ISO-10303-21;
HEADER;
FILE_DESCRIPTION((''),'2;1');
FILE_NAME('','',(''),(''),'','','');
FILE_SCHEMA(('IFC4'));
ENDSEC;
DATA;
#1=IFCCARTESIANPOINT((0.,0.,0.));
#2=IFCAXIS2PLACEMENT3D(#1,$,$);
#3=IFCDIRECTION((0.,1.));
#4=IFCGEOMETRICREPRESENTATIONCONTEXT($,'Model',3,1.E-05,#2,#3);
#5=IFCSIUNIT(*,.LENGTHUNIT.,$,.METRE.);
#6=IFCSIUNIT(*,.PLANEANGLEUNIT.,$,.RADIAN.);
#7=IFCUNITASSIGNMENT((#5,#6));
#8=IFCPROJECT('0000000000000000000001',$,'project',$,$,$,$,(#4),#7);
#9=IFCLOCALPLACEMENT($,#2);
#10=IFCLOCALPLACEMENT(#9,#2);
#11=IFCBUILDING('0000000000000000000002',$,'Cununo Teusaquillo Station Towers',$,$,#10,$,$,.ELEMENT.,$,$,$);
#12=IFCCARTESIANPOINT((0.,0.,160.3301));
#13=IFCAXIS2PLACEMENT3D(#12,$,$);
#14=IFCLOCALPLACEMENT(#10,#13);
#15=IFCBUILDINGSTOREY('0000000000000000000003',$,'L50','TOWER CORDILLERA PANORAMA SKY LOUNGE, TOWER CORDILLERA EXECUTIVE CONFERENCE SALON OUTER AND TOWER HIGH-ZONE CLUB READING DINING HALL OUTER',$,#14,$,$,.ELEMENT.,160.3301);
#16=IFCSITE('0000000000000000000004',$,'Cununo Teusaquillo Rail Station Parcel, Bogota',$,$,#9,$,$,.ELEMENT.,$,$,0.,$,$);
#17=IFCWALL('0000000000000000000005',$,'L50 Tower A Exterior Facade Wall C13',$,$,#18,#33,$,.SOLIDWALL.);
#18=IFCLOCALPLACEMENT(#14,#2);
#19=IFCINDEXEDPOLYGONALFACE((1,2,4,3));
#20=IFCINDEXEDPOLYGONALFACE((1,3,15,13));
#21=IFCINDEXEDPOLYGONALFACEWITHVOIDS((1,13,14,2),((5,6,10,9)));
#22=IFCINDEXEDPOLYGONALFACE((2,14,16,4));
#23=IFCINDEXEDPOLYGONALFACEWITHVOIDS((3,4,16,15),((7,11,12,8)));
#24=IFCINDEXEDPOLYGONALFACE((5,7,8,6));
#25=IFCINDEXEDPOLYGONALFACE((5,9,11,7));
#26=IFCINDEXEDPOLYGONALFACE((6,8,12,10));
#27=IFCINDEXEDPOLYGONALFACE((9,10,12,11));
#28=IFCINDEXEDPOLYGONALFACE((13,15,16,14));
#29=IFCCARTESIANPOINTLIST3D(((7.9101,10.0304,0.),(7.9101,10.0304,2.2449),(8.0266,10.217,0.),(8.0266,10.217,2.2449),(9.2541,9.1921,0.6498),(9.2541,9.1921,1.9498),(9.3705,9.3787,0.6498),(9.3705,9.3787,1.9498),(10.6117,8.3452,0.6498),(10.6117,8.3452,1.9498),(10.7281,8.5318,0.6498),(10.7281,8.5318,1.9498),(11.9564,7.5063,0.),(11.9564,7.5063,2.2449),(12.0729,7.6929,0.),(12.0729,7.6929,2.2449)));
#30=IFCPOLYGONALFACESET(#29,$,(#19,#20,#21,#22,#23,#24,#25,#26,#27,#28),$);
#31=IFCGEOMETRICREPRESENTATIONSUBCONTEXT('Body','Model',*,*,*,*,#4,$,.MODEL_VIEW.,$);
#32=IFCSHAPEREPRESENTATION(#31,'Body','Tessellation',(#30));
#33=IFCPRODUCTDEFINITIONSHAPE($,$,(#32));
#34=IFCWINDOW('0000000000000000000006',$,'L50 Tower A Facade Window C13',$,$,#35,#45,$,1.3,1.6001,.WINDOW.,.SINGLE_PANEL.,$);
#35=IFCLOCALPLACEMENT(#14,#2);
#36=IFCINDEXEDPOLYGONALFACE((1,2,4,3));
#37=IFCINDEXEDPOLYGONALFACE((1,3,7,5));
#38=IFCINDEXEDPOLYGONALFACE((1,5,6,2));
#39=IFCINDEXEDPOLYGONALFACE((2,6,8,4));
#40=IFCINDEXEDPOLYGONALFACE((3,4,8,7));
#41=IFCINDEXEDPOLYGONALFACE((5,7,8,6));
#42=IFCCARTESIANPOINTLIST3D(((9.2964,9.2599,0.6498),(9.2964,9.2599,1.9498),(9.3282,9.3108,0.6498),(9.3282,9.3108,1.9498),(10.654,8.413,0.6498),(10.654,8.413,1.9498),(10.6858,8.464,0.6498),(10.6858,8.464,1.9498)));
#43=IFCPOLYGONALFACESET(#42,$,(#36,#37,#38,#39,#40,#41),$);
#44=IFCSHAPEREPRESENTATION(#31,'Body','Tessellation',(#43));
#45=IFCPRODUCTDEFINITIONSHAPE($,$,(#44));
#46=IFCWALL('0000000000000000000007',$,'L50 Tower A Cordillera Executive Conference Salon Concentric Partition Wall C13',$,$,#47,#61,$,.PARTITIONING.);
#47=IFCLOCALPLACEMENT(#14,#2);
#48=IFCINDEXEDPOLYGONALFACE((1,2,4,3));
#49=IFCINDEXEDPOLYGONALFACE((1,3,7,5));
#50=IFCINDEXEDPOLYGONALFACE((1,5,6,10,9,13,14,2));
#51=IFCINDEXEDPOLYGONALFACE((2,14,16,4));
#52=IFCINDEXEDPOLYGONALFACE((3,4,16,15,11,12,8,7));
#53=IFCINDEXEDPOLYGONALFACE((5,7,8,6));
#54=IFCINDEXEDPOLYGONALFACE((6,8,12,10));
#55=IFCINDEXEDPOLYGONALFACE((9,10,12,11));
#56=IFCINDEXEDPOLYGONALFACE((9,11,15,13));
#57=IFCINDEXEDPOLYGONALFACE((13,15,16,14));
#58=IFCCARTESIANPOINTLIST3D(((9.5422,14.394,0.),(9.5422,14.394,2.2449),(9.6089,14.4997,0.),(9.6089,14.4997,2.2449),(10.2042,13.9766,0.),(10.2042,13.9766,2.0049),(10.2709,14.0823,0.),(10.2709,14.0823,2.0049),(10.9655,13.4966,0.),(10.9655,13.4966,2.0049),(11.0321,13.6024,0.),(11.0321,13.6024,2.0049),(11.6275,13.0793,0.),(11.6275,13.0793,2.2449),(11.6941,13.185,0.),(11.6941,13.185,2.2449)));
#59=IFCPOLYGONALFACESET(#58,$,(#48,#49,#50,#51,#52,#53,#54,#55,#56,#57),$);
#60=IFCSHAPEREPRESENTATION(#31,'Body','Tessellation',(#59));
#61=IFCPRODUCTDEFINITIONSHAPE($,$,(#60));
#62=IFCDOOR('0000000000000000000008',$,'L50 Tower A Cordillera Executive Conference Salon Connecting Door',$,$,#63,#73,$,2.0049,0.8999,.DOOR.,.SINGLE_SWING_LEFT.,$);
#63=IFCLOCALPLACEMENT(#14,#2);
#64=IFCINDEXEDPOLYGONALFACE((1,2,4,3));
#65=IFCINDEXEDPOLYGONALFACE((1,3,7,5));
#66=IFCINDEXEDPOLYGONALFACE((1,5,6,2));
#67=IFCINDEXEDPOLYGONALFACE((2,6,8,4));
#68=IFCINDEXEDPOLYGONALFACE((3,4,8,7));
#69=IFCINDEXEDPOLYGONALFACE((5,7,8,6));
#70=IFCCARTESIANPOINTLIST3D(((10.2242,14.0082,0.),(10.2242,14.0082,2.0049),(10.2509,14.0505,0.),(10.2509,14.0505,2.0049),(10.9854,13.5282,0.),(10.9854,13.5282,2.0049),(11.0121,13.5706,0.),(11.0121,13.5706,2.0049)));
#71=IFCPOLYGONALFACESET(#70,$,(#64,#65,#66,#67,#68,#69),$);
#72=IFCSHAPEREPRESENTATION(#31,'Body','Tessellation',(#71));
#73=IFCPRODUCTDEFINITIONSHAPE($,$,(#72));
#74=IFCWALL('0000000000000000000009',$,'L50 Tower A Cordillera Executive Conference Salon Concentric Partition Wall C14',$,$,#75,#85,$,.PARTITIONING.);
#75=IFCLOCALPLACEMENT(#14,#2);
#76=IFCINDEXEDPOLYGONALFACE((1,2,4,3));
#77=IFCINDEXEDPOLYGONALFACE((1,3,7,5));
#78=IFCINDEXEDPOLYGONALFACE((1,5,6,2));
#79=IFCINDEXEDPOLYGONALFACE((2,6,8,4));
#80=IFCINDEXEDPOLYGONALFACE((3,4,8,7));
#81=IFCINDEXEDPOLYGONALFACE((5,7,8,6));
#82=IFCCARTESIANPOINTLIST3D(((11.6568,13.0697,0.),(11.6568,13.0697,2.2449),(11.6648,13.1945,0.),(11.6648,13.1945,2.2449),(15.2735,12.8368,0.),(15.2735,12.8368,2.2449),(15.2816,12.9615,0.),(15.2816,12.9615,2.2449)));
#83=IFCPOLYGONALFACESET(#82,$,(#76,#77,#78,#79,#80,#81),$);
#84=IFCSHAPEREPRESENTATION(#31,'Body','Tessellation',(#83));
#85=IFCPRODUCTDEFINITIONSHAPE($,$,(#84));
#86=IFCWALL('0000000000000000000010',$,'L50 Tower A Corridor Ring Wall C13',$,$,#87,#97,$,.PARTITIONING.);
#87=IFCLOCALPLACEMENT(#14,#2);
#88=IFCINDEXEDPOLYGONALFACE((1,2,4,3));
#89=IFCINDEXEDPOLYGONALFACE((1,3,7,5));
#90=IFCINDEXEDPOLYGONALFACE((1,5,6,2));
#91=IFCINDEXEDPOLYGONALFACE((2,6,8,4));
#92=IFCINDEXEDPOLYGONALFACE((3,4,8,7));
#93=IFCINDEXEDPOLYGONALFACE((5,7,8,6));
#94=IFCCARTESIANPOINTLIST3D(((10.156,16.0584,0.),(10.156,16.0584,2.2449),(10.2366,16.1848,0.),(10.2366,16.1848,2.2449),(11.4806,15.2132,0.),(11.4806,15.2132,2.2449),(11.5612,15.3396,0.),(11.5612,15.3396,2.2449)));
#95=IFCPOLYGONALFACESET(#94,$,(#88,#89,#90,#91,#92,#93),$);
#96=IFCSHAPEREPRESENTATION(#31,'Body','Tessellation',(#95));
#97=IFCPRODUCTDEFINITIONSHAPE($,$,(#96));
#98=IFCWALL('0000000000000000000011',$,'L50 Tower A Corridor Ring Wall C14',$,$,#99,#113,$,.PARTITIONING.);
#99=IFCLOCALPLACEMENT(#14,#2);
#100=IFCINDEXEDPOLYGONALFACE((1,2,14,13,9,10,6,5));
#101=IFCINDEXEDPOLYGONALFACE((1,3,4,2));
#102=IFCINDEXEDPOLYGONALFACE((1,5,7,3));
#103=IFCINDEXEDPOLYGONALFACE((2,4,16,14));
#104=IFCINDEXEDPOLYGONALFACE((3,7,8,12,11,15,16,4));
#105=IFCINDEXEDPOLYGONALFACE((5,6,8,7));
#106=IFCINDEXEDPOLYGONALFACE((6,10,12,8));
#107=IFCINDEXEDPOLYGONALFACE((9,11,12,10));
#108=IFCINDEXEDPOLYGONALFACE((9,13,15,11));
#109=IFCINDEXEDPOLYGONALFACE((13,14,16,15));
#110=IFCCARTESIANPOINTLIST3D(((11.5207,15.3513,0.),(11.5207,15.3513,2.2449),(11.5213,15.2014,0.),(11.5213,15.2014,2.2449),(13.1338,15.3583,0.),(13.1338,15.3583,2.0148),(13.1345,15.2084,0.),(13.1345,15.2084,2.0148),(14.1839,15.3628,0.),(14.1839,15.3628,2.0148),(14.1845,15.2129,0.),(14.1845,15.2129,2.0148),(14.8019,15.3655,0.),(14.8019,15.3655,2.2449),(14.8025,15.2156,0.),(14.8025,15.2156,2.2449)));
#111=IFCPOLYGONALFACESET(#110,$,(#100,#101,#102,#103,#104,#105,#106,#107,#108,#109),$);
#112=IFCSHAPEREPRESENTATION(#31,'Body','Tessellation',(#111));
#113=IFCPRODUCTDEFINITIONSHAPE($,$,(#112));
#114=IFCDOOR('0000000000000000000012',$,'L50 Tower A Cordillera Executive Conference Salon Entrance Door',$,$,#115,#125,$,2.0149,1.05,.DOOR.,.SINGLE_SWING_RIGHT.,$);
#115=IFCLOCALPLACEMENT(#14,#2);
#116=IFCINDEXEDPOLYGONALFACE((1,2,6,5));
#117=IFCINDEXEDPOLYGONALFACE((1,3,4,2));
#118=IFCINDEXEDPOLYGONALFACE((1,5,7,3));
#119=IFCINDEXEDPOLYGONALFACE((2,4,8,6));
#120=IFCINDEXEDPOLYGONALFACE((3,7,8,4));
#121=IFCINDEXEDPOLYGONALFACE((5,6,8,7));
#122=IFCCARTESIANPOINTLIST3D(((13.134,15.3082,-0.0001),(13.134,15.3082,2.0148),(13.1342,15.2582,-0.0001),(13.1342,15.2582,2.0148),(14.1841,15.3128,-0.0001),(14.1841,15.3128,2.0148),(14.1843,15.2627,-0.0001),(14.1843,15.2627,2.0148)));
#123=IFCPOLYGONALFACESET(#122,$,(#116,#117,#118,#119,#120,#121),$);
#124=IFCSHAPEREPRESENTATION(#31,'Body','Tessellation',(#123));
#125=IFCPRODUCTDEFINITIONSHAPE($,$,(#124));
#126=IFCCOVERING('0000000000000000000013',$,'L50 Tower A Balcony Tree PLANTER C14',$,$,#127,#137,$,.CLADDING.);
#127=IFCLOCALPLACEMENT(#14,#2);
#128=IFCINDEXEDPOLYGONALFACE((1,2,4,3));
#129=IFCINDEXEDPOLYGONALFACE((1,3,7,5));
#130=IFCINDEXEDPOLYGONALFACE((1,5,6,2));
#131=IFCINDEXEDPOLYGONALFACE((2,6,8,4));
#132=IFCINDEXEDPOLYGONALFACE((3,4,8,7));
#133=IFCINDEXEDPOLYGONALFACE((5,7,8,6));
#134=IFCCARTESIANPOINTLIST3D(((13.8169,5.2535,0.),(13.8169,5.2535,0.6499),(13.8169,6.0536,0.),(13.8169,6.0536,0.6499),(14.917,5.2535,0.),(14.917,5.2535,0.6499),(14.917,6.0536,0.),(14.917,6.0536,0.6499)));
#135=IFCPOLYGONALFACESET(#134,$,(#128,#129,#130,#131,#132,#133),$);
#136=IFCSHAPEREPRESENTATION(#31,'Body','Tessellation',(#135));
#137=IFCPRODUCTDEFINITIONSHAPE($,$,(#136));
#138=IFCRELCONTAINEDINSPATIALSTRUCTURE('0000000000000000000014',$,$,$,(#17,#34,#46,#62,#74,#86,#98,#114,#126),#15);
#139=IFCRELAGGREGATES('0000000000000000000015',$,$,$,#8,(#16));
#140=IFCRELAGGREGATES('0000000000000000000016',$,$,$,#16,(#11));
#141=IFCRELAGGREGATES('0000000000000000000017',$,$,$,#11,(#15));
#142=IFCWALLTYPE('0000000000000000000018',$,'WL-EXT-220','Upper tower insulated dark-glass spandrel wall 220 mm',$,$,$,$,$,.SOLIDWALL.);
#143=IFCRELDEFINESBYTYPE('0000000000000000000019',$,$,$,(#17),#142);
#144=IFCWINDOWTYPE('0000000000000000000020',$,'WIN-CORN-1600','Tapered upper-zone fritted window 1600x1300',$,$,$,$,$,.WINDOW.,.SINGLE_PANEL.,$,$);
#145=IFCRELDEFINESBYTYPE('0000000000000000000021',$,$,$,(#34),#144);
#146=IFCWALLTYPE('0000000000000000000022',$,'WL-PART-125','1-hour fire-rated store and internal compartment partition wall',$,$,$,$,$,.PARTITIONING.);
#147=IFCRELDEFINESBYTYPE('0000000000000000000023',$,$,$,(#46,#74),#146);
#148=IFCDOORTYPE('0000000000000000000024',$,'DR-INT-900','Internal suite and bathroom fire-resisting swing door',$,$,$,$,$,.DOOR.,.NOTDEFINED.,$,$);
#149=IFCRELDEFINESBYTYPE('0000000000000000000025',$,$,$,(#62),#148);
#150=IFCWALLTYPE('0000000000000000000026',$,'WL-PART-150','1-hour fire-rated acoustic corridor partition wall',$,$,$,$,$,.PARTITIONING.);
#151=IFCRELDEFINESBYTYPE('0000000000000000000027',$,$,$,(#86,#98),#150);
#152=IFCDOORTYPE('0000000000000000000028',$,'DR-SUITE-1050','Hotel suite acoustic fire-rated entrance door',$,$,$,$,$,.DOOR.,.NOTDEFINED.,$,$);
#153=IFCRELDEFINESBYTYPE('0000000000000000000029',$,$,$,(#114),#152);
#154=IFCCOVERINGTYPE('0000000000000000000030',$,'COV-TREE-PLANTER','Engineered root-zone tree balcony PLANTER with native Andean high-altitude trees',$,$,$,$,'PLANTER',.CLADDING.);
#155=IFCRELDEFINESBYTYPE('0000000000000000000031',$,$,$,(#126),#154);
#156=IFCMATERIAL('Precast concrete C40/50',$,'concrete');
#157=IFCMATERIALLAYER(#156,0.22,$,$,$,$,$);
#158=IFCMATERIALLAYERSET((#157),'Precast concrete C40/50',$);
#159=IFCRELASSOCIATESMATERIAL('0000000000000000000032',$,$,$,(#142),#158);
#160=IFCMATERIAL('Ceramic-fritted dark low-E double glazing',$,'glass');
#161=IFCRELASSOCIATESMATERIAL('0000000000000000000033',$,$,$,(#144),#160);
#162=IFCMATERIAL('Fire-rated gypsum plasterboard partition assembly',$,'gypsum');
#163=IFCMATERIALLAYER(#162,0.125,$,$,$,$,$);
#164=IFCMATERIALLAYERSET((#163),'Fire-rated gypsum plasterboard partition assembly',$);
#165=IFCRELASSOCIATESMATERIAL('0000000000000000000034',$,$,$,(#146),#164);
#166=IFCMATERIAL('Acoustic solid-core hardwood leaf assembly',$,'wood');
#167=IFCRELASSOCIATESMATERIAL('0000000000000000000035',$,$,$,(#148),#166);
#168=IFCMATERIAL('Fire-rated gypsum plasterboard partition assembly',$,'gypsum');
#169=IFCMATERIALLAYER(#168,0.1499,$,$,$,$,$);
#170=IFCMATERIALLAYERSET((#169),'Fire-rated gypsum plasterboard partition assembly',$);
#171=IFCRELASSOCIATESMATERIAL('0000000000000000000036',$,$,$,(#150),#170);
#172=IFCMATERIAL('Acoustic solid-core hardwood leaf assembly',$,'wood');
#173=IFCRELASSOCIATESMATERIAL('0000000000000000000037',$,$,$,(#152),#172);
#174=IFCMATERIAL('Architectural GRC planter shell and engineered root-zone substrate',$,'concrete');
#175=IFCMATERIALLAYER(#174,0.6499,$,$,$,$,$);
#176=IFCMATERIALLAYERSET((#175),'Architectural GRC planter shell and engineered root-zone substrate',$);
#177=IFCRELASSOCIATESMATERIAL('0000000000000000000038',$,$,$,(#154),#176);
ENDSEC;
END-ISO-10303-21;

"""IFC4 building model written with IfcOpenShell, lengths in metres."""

from ifc_helpers import new_model, si_unit, direction, frame, frame_2d, origin, origin_2d, place, context, subcontext, project, spatial, rectangle, extrude, source, transform, mapped, material, layer, layer_set, type_object, element, fill, save


model = new_model("IFC4")

# Units and contexts
model_context = context("Model", 3, precision=1e-05, world=origin(), true_north=direction((0.0, 1.0)))
body_context = subcontext(model_context, "Body", "Model", "MODEL_VIEW")
ifc_project = project(units=[si_unit("LENGTHUNIT", "METRE"), si_unit("PLANEANGLEUNIT", "RADIAN")], contexts=[model_context])

# Site, building, storey
site_placement = place(None, origin())
site = spatial("IfcSite", under=ifc_project, at=site_placement, Name="Cununo Teusaquillo Rail Station Parcel, Bogota", CompositionType="ELEMENT", RefElevation=0.0)
building_placement = place(site_placement, origin())
building = spatial("IfcBuilding", under=site, at=building_placement, Name="Cununo Teusaquillo Station Towers", CompositionType="ELEMENT")
storey_placement = place(building_placement, frame((0.0, 0.0, 160.3301)))
storey = spatial("IfcBuildingStorey", under=building, at=storey_placement, Name="L50", Description="TOWER CORDILLERA PANORAMA SKY LOUNGE, TOWER CORDILLERA EXECUTIVE CONFERENCE SALON OUTER AND TOWER HIGH-ZONE CLUB READING DINING HALL OUTER", CompositionType="ELEMENT", Elevation=160.3301)

# Shared definitions
ifc_material_1 = material(Name="Precast concrete C40/50", Category="concrete")
ifc_layer_1 = layer(ifc_material_1, 0.22)
ifc_layer_set_1 = layer_set([ifc_layer_1], Name="Precast concrete C40/50")
wall_type_1 = type_object("IfcWallType", Name="WL-EXT-220", Description="Upper tower insulated dark-glass spandrel wall 220 mm", PredefinedType="SOLIDWALL", material=ifc_layer_set_1)
shared_shape_1 = source(origin(), body_context, "Body", "SweptSolid", [
    extrude(rectangle(XDim=1.6001, YDim=1.3, at=frame_2d((0.8, 0.6499))), frame((0.0, 0.1199, 0.0), z_axis=(0.0, -1.0, 0.0), x_axis=(1.0, 0.0, 0.0)), (0.0, 0.0, 1.0), 0.24),
])
ifc_material_2 = material(Name="Ceramic-fritted dark low-E double glazing", Category="glass")
window_type = type_object("IfcWindowType", Name="WIN-CORN-1600", Description="Tapered upper-zone fritted window 1600x1300", PartitioningType="SINGLE_PANEL", PredefinedType="WINDOW", material=ifc_material_2)
shared_shape_2 = source(origin(), body_context, "Body", "SweptSolid", [
    extrude(rectangle(XDim=1.6001, YDim=1.3, at=frame_2d((0.8, 0.6499))), frame((0.0, 0.03, 0.0), z_axis=(0.0, -1.0, 0.0), x_axis=(1.0, 0.0, 0.0)), (0.0, 0.0, 1.0), 0.0601),
])

# Wall, opening, window
wall_1_placement = place(storey_placement, frame((12.0146, 7.5996, 0.0), z_axis=(0.0, 0.0, 1.0), x_axis=(-0.848452, 0.529272, 0.0)))
wall_1 = element("IfcWall", 1, at=wall_1_placement, inside=storey, type_object=wall_type_1, Name="L50 Tower A Exterior Facade Wall C13", PredefinedType="SOLIDWALL", context=body_context, shape_type="SweptSolid", body=[
    extrude(rectangle(XDim=4.769, YDim=0.22, at=frame_2d((2.3845, 0.0))), origin(), (0.0, 0.0, 1.0), 2.2449),
])
opening_1_placement = place(wall_1_placement, frame((1.585, 0.0, 0.6499)))
opening_1 = element("IfcOpeningElement", 2, at=opening_1_placement, cuts=wall_1, PredefinedType="OPENING", context=body_context, shape_type="MappedRepresentation", body=[
    mapped(shared_shape_1, transform((0.0, 0.0, 0.0), x_axis=(1.0, 0.0, 0.0), y_axis=(0.0, 1.0, 0.0), z_axis=(0.0, 0.0, 1.0), scale=1.0)),
])
window_1_placement = place(opening_1_placement, origin())
window_1 = element("IfcWindow", 3, at=window_1_placement, inside=storey, type_object=window_type, Name="L50 Tower A Facade Window C13", OverallHeight=1.3, OverallWidth=1.6001, PartitioningType="SINGLE_PANEL", PredefinedType="WINDOW", context=body_context, shape_type="MappedRepresentation", body=[
    mapped(shared_shape_2, transform((0.0, 0.0, 0.0), x_axis=(1.0, 0.0, 0.0), y_axis=(0.0, 1.0, 0.0), z_axis=(0.0, 0.0, 1.0), scale=1.0)),
])
fill(opening_1, window_1)

# Wall, opening, door
ifc_material_3 = material(Name="Fire-rated gypsum plasterboard partition assembly", Category="gypsum")
ifc_layer_2 = layer(ifc_material_3, 0.125)
ifc_layer_set_2 = layer_set([ifc_layer_2], Name="Fire-rated gypsum plasterboard partition assembly")
wall_type_2 = type_object("IfcWallType", Name="WL-PART-125", Description="1-hour fire-rated store and internal compartment partition wall", PredefinedType="PARTITIONING", material=ifc_layer_set_2)
wall_2_placement = place(storey_placement, frame((9.5757, 14.4468, 0.0), z_axis=(0.0, 0.0, 1.0), x_axis=(0.845905, -0.533333, 0.0)))
wall_2 = element("IfcWall", 4, at=wall_2_placement, inside=storey, type_object=wall_type_2, Name="L50 Tower A Cordillera Executive Conference Salon Concentric Partition Wall C13", PredefinedType="PARTITIONING", context=body_context, shape_type="SweptSolid", body=[
    extrude(rectangle(XDim=2.4651, YDim=0.125, at=frame_2d((1.2324, 0.0))), origin(), (0.0, 0.0, 1.0), 2.2449),
])
shared_shape_3 = source(origin(), body_context, "Body", "SweptSolid", [
    extrude(rectangle(XDim=0.8999, YDim=2.0049, at=frame_2d((0.45, 1.0024))), frame((0.0, 0.0725, 0.0), z_axis=(0.0, -1.0, 0.0), x_axis=(1.0, 0.0, 0.0)), (0.0, 0.0, 1.0), 0.145),
])
opening_2_placement = place(wall_2_placement, frame((0.7825, 0.0, 0.0)))
opening_2 = element("IfcOpeningElement", 5, at=opening_2_placement, cuts=wall_2, PredefinedType="OPENING", context=body_context, shape_type="MappedRepresentation", body=[
    mapped(shared_shape_3, transform((0.0, 0.0, 0.0), x_axis=(1.0, 0.0, 0.0), y_axis=(0.0, 1.0, 0.0), z_axis=(0.0, 0.0, 1.0), scale=1.0)),
])
ifc_material_4 = material(Name="Acoustic solid-core hardwood leaf assembly", Category="wood")
door_type_1 = type_object("IfcDoorType", Name="DR-INT-900", Description="Internal suite and bathroom fire-resisting swing door", OperationType="NOTDEFINED", PredefinedType="DOOR", material=ifc_material_4)
shared_shape_4 = source(origin(), body_context, "Body", "SweptSolid", [
    extrude(rectangle(XDim=0.8999, YDim=2.0049, at=frame_2d((0.45, 1.0024))), frame((0.0, 0.0249, 0.0), z_axis=(0.0, -1.0, 0.0), x_axis=(1.0, 0.0, 0.0)), (0.0, 0.0, 1.0), 0.05),
])
door_1_placement = place(opening_2_placement, origin())
door_1 = element("IfcDoor", 6, at=door_1_placement, inside=storey, type_object=door_type_1, Name="L50 Tower A Cordillera Executive Conference Salon Connecting Door", OperationType="SINGLE_SWING_LEFT", OverallHeight=2.0049, OverallWidth=0.8999, PredefinedType="DOOR", context=body_context, shape_type="MappedRepresentation", body=[
    mapped(shared_shape_4, transform((0.0, 0.0, 0.0), x_axis=(1.0, 0.0, 0.0), y_axis=(0.0, 1.0, 0.0), z_axis=(0.0, 0.0, 1.0), scale=1.0)),
])
fill(opening_2, door_1)

# Walls
wall_3_placement = place(storey_placement, frame((11.6609, 13.1321, 0.0), z_axis=(0.0, 0.0, 1.0), x_axis=(0.997933, -0.064265, 0.0)))
element("IfcWall", 7, at=wall_3_placement, inside=storey, type_object=wall_type_2, Name="L50 Tower A Cordillera Executive Conference Salon Concentric Partition Wall C14", PredefinedType="PARTITIONING", context=body_context, shape_type="SweptSolid", body=[
    extrude(rectangle(XDim=3.6243, YDim=0.125, at=frame_2d((1.812, 0.0))), origin(), (0.0, 0.0, 1.0), 2.2449),
])
ifc_material_5 = material(Name="Fire-rated gypsum plasterboard partition assembly", Category="gypsum")
ifc_layer_3 = layer(ifc_material_5, 0.1499)
ifc_layer_set_3 = layer_set([ifc_layer_3], Name="Fire-rated gypsum plasterboard partition assembly")
wall_type_3 = type_object("IfcWallType", Name="WL-PART-150", Description="1-hour fire-rated acoustic corridor partition wall", PredefinedType="PARTITIONING", material=ifc_layer_set_3)
wall_4_placement = place(storey_placement, frame((10.1963, 16.1216, 0.0), z_axis=(0.0, 0.0, 1.0), x_axis=(0.843021, -0.53788, 0.0)))
element("IfcWall", 8, at=wall_4_placement, inside=storey, type_object=wall_type_3, Name="L50 Tower A Corridor Ring Wall C13", PredefinedType="PARTITIONING", context=body_context, shape_type="SweptSolid", body=[
    extrude(rectangle(XDim=1.5713, YDim=0.1499, at=frame_2d((0.7856, 0.0))), origin(), (0.0, 0.0, 1.0), 2.2449),
])

# Wall, opening, door
wall_5_placement = place(storey_placement, frame((11.521, 15.2764, 0.0), z_axis=(0.0, 0.0, 1.0), x_axis=(0.999991, 0.004315, 0.0)))
wall_5 = element("IfcWall", 9, at=wall_5_placement, inside=storey, type_object=wall_type_3, Name="L50 Tower A Corridor Ring Wall C14", PredefinedType="PARTITIONING", context=body_context, shape_type="SweptSolid", body=[
    extrude(rectangle(XDim=3.2812, YDim=0.1499, at=frame_2d((1.6406, 0.0))), origin(), (0.0, 0.0, 1.0), 2.2449),
])
shared_shape_5 = source(origin(), body_context, "Body", "SweptSolid", [
    extrude(rectangle(XDim=1.05, YDim=2.0149, at=frame_2d((0.5249, 1.0073))), frame((0.0, 0.085, 0.0), z_axis=(0.0, -1.0, 0.0), x_axis=(1.0, 0.0, 0.0)), (0.0, 0.0, 1.0), 0.1699),
])
opening_3_placement = place(wall_5_placement, frame((1.6133, 0.0, 0.0)))
opening_3 = element("IfcOpeningElement", 10, at=opening_3_placement, cuts=wall_5, PredefinedType="OPENING", context=body_context, shape_type="MappedRepresentation", body=[
    mapped(shared_shape_5, transform((0.0, 0.0, 0.0), x_axis=(1.0, 0.0, 0.0), y_axis=(0.0, 1.0, 0.0), z_axis=(0.0, 0.0, 1.0), scale=1.0)),
])
ifc_material_6 = material(Name="Acoustic solid-core hardwood leaf assembly", Category="wood")
door_type_2 = type_object("IfcDoorType", Name="DR-SUITE-1050", Description="Hotel suite acoustic fire-rated entrance door", OperationType="NOTDEFINED", PredefinedType="DOOR", material=ifc_material_6)
shared_shape_6 = source(origin(), body_context, "Body", "SweptSolid", [
    extrude(rectangle(XDim=1.05, YDim=2.0149, at=frame_2d((0.5249, 1.0073))), frame((0.0, 0.0249, 0.0), z_axis=(0.0, -1.0, 0.0), x_axis=(1.0, 0.0, 0.0)), (0.0, 0.0, 1.0), 0.05),
])
door_2_placement = place(opening_3_placement, origin())
door_2 = element("IfcDoor", 11, at=door_2_placement, inside=storey, type_object=door_type_2, Name="L50 Tower A Cordillera Executive Conference Salon Entrance Door", OperationType="SINGLE_SWING_RIGHT", OverallHeight=2.0149, OverallWidth=1.05, PredefinedType="DOOR", context=body_context, shape_type="MappedRepresentation", body=[
    mapped(shared_shape_6, transform((0.0, 0.0, 0.0), x_axis=(1.0, 0.0, 0.0), y_axis=(0.0, 1.0, 0.0), z_axis=(0.0, 0.0, 1.0), scale=1.0)),
])
fill(opening_3, door_2)

# Covering
ifc_material_7 = material(Name="Architectural GRC planter shell and engineered root-zone substrate", Category="concrete")
ifc_layer_4 = layer(ifc_material_7, 0.6499)
ifc_layer_set_4 = layer_set([ifc_layer_4], Name="Architectural GRC planter shell and engineered root-zone substrate")
covering_type = type_object("IfcCoveringType", Name="COV-TREE-PLANTER", Description="Engineered root-zone tree balcony PLANTER with native Andean high-altitude trees", ElementType="PLANTER", PredefinedType="CLADDING", material=ifc_layer_set_4)
shared_shape_7 = source(origin(), body_context, "Body", "SweptSolid", [
    extrude(rectangle(XDim=1.1001, YDim=0.8, at=origin_2d()), origin(), (0.0, 0.0, 1.0), 0.6499),
])
covering_placement = place(storey_placement, frame((14.3669, 5.6536, 0.0), z_axis=(0.0, 0.0, 1.0), x_axis=(1.0, 0.0, 0.0)))
element("IfcCovering", 12, at=covering_placement, inside=storey, type_object=covering_type, Name="L50 Tower A Balcony Tree PLANTER C14", PredefinedType="CLADDING", context=body_context, shape_type="MappedRepresentation", body=[
    mapped(shared_shape_7, transform((0.0, 0.0, 0.0), x_axis=(1.0, 0.0, 0.0), y_axis=(0.0, 1.0, 0.0), z_axis=(0.0, 0.0, 1.0), scale=1.0)),
])

save(model, "model.ifc")
